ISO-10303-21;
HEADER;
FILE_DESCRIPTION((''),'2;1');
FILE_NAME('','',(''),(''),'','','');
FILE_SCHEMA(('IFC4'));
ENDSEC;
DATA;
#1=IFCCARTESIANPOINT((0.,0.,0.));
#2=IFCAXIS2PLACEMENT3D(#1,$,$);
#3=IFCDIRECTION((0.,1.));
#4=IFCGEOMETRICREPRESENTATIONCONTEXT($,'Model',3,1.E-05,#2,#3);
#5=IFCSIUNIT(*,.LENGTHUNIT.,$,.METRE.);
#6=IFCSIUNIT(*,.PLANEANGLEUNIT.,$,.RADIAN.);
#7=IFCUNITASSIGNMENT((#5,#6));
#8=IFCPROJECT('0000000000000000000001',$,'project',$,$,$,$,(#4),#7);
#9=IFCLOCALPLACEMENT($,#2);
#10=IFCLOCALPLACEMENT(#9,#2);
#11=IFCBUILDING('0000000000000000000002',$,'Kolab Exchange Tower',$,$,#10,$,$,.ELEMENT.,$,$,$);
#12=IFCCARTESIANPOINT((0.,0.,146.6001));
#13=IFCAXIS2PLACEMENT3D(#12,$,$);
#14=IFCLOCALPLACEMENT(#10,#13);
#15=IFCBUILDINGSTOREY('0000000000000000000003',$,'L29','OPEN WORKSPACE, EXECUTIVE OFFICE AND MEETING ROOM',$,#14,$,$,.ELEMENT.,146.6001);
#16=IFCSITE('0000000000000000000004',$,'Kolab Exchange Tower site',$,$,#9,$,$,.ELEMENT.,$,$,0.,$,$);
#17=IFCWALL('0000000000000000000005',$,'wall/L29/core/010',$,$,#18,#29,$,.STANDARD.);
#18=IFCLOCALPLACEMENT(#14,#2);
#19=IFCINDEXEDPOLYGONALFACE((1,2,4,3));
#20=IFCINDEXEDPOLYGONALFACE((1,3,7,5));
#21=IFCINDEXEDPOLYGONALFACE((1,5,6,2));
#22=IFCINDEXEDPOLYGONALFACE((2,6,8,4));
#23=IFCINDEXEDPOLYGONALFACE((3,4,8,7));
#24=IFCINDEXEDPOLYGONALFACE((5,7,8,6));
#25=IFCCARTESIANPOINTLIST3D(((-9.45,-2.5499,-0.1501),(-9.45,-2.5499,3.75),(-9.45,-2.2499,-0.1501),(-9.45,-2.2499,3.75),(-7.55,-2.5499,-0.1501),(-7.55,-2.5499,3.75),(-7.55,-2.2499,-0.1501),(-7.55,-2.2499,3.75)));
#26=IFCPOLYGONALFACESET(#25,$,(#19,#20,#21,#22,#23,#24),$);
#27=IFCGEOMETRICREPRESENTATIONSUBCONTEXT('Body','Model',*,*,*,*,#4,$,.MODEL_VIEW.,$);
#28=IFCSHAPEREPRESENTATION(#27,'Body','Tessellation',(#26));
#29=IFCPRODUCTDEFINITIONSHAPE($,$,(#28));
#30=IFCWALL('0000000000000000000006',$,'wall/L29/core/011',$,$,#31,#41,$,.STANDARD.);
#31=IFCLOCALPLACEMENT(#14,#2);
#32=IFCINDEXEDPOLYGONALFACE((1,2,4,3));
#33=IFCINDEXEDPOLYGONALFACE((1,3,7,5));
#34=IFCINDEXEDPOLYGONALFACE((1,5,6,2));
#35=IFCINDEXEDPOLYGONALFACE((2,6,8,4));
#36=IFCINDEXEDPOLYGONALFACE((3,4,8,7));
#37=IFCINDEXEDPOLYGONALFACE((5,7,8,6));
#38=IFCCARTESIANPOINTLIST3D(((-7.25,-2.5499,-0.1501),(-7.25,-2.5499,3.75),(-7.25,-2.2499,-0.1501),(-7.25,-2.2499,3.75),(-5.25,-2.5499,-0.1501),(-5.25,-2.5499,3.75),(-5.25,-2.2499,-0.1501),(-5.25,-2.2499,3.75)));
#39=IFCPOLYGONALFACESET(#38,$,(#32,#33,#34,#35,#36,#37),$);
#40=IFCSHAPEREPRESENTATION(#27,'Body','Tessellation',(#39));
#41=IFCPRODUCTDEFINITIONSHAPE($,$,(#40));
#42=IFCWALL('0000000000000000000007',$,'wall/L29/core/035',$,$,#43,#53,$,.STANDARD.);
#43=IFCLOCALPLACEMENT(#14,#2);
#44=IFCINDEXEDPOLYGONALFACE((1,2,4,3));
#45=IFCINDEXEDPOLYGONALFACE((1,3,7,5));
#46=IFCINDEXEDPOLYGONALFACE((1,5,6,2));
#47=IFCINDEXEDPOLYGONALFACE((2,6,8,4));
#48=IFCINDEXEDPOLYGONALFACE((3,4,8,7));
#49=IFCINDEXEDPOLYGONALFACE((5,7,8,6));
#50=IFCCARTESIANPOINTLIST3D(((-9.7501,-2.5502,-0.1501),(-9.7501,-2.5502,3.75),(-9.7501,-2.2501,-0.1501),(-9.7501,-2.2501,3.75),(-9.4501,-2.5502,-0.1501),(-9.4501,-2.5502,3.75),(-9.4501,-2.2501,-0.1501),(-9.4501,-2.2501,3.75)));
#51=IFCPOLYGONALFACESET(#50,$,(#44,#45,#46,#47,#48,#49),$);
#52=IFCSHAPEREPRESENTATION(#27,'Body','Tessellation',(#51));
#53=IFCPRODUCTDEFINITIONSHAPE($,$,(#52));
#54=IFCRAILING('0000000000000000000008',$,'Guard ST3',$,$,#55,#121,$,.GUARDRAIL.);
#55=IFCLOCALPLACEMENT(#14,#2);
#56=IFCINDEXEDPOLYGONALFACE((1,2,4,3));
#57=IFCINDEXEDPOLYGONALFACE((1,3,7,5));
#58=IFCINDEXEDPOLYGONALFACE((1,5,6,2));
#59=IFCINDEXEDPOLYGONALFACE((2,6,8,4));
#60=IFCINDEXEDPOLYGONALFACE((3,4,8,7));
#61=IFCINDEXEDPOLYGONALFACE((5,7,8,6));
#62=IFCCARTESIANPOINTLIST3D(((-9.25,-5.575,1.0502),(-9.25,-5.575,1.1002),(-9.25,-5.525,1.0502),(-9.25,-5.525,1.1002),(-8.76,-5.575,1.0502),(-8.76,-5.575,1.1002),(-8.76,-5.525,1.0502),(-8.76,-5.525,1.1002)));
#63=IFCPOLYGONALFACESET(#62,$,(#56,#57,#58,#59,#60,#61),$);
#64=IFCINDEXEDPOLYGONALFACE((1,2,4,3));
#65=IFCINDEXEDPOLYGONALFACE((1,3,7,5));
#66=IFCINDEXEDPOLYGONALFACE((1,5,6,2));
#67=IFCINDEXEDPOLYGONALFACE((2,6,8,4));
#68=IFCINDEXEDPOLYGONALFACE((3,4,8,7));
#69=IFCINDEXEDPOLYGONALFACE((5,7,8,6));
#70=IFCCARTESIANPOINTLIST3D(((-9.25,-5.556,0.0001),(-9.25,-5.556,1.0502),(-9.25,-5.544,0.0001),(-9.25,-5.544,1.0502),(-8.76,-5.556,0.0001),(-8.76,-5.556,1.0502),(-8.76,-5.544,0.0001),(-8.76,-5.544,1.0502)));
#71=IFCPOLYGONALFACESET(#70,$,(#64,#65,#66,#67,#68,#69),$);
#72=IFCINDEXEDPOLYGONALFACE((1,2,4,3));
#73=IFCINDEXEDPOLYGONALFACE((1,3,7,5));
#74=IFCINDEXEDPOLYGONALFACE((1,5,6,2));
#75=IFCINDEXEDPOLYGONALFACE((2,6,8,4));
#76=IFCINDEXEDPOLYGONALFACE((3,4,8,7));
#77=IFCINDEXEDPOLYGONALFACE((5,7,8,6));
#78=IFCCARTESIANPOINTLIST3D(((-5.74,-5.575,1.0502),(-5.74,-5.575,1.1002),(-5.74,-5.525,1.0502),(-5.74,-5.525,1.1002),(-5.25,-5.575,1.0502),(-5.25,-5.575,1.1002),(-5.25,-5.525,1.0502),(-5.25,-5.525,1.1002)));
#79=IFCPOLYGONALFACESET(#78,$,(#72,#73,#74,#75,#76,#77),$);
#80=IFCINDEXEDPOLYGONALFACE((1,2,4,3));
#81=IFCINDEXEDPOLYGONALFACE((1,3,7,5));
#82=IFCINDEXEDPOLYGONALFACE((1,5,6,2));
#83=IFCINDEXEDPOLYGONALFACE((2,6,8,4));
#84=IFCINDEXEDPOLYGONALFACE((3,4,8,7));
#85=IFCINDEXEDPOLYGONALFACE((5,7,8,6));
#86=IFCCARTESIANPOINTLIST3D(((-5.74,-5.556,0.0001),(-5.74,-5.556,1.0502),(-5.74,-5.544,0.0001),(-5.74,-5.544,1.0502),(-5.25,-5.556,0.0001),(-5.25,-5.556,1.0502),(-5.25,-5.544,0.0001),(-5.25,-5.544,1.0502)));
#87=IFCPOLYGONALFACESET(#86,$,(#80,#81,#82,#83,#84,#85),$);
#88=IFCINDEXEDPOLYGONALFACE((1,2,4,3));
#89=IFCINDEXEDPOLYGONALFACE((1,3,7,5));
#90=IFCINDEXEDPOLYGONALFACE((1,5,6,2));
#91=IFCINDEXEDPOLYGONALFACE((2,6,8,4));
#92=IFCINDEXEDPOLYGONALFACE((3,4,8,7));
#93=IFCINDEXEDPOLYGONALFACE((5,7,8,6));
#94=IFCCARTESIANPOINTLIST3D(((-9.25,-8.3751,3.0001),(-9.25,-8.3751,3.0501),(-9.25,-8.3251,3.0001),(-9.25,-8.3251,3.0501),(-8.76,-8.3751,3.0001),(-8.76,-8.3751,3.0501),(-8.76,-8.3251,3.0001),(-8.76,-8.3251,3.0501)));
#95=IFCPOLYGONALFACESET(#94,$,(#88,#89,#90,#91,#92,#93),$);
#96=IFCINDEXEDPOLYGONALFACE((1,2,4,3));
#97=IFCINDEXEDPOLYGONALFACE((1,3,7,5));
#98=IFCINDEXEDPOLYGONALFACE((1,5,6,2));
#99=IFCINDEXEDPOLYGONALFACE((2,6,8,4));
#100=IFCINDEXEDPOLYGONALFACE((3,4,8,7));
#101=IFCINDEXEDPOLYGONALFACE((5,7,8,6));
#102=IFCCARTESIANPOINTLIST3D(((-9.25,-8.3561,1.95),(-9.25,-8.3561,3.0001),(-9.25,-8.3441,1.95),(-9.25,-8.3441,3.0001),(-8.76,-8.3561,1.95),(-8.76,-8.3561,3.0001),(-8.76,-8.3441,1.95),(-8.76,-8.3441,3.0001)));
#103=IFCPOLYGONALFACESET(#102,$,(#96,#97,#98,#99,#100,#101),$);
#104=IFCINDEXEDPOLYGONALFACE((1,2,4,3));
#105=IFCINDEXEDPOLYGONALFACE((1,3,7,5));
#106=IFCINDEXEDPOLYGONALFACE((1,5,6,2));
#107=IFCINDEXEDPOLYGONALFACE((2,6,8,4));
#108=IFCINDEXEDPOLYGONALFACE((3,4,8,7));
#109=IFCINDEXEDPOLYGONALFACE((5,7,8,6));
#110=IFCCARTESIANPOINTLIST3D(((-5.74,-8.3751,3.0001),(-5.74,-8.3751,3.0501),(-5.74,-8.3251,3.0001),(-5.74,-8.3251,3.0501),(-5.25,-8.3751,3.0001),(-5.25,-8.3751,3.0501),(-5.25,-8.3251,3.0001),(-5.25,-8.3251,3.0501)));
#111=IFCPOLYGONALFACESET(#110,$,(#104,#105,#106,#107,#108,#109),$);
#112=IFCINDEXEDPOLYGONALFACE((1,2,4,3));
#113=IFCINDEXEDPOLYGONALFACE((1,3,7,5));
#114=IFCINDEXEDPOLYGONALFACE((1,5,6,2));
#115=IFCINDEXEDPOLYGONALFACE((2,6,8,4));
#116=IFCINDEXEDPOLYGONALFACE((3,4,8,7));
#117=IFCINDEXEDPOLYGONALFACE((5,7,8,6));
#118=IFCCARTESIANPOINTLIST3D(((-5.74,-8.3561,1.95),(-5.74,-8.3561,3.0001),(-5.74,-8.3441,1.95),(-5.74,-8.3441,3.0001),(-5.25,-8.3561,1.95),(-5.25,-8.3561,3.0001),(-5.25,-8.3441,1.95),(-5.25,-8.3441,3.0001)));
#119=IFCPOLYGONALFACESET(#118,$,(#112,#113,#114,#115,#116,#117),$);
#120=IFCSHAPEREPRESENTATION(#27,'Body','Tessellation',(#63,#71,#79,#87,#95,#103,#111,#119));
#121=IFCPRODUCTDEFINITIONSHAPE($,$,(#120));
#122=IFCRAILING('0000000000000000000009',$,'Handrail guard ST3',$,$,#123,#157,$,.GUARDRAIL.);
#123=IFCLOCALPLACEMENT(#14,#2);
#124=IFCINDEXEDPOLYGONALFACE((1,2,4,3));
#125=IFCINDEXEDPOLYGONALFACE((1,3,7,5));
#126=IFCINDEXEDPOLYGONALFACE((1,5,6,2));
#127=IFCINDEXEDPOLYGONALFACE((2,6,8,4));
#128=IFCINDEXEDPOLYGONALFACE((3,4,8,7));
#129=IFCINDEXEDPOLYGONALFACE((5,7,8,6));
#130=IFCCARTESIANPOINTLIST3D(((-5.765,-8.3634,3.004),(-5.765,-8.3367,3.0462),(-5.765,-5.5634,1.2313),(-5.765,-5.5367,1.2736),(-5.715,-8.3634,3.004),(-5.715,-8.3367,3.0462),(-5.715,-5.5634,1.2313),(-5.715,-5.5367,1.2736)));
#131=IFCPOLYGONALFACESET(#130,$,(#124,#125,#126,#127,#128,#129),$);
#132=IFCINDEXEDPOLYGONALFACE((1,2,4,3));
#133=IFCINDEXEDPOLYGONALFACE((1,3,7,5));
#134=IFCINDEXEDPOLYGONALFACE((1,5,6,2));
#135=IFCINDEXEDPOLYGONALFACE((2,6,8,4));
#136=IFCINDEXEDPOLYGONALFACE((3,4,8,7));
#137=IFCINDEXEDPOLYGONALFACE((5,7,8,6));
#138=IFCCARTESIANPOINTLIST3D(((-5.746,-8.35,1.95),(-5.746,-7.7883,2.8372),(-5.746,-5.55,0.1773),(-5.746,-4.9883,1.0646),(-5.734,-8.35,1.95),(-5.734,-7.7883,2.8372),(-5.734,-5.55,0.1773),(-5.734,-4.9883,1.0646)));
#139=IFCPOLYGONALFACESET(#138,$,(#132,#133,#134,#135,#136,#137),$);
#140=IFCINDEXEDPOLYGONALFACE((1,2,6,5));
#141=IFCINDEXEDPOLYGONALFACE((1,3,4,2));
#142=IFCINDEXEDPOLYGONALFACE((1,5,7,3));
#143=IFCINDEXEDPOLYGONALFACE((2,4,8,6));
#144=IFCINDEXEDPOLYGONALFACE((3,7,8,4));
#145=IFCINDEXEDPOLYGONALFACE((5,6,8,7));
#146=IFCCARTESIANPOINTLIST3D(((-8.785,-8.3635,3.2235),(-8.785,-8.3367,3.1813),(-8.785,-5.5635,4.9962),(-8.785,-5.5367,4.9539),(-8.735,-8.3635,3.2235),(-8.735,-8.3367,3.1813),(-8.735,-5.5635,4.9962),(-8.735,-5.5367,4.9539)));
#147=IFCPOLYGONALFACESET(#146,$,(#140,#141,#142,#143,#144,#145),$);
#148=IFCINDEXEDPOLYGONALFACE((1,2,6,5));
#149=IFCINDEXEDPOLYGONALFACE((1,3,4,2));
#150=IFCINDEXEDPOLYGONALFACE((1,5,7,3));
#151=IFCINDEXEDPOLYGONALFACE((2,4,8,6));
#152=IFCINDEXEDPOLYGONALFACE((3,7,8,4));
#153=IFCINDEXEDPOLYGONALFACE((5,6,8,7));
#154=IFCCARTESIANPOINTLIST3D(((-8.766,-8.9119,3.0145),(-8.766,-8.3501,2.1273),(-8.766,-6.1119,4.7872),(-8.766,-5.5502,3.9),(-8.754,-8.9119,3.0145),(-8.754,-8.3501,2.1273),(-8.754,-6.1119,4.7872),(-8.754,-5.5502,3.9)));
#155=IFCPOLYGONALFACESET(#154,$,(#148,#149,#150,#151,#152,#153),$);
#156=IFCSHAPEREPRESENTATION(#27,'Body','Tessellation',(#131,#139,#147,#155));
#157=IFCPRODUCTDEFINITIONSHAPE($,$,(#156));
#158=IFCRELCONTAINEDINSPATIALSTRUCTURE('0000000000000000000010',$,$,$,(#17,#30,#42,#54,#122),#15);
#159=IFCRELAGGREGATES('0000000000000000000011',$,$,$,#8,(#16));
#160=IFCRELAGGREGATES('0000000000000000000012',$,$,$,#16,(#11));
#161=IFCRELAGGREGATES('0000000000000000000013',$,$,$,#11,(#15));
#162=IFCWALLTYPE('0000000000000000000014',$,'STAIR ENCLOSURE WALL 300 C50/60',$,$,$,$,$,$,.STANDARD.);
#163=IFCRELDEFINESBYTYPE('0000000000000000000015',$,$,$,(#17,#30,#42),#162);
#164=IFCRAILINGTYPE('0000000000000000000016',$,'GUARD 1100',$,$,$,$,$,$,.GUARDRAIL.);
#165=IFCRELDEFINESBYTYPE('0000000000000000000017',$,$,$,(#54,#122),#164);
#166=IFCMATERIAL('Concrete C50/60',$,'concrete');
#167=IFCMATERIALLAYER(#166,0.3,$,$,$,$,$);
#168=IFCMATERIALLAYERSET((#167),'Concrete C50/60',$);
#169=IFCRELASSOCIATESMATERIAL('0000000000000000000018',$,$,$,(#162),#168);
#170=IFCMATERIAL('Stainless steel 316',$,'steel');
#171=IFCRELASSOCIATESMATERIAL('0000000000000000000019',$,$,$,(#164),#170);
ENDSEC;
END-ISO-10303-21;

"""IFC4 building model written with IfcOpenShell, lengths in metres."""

from ifc_helpers import new_model, si_unit, direction, frame, frame_2d, origin, origin_2d, place, context, subcontext, project, spatial, rectangle, extrude, material, layer, layer_set, type_object, element, save


model = new_model("IFC4")

# Units and contexts
model_context = context("Model", 3, precision=1e-05, world=origin(), true_north=direction((0.0, 1.0)))
body_context = subcontext(model_context, "Body", "Model", "MODEL_VIEW")
ifc_project = project(units=[si_unit("LENGTHUNIT", "METRE"), si_unit("PLANEANGLEUNIT", "RADIAN")], contexts=[model_context])

# Site, building, storey
site_placement = place(None, origin())
site = spatial("IfcSite", under=ifc_project, at=site_placement, Name="Kolab Exchange Tower site", CompositionType="ELEMENT", RefElevation=0.0)
building_placement = place(site_placement, origin())
building = spatial("IfcBuilding", under=site, at=building_placement, Name="Kolab Exchange Tower", CompositionType="ELEMENT")
storey_placement = place(building_placement, frame((0.0, 0.0, 146.6001)))
storey = spatial("IfcBuildingStorey", under=building, at=storey_placement, Name="L29", Description="OPEN WORKSPACE, EXECUTIVE OFFICE AND MEETING ROOM", CompositionType="ELEMENT", Elevation=146.6001)

# Shared definitions
ifc_material_1 = material(Name="Concrete C50/60", Category="concrete")
ifc_material_2 = material(Name="Stainless steel 316", Category="steel")

# Walls
ifc_layer_1 = layer(ifc_material_1, 0.3)
ifc_layer_set_1 = layer_set([ifc_layer_1], Name="Concrete C50/60")
wall_type_1 = type_object("IfcWallType", Name="STAIR ENCLOSURE WALL 300 C50/60", PredefinedType="STANDARD", material=ifc_layer_set_1)
wall_1_placement = place(storey_placement, frame((-9.45, -2.3999, -0.1501), z_axis=(0.0, 0.0, 1.0), x_axis=(1.0, 0.0, 0.0)))
element("IfcWall", 1, at=wall_1_placement, inside=storey, type_object=wall_type_1, Name="wall/L29/core/010", PredefinedType="STANDARD", context=body_context, shape_type="SweptSolid", body=[
    extrude(rectangle(XDim=1.8999, YDim=0.3, at=frame_2d((0.95, 0.0))), origin(), (0.0, 0.0, 1.0), 3.9001),
])
wall_2_placement = place(storey_placement, frame((-7.25, -2.3999, -0.1501), z_axis=(0.0, 0.0, 1.0), x_axis=(1.0, 0.0, 0.0)))
element("IfcWall", 2, at=wall_2_placement, inside=storey, type_object=wall_type_1, Name="wall/L29/core/011", PredefinedType="STANDARD", context=body_context, shape_type="SweptSolid", body=[
    extrude(rectangle(XDim=2.0, YDim=0.3, at=frame_2d((1.0, 0.0))), origin(), (0.0, 0.0, 1.0), 3.9001),
])
wall_3_placement = place(storey_placement, frame((-9.6001, -2.55, -0.1501), z_axis=(0.0, 0.0, 1.0), x_axis=(0.0, 1.0, 0.0)))
element("IfcWall", 3, at=wall_3_placement, inside=storey, type_object=wall_type_1, Name="wall/L29/core/035", PredefinedType="STANDARD", context=body_context, shape_type="SweptSolid", body=[
    extrude(rectangle(XDim=0.3, YDim=0.3, at=frame_2d((0.1499, 0.0))), origin(), (0.0, 0.0, 1.0), 3.9001),
])

# Railings
railing_type = type_object("IfcRailingType", Name="GUARD 1100", PredefinedType="GUARDRAIL", material=ifc_material_2)
railing_1_placement = place(storey_placement, frame((-9.25, -5.55, 0.0)))
element("IfcRailing", 4, at=railing_1_placement, inside=storey, type_object=railing_type, Name="Guard ST3", PredefinedType="GUARDRAIL", context=body_context, shape_type="SweptSolid", body=[
    extrude(rectangle(XDim=0.05, YDim=0.05, at=origin_2d()), frame((0.0, 0.0, 1.0752), z_axis=(1.0, 0.0, 0.0), x_axis=(0.0, 1.0, 0.0)), (0.0, 0.0, 1.0), 0.49),
    extrude(rectangle(XDim=0.012, YDim=1.0501, at=frame_2d((0.0, 0.5251))), frame((0.0, 0.0, 0.0), z_axis=(1.0, 0.0, 0.0), x_axis=(0.0, 1.0, 0.0)), (0.0, 0.0, 1.0), 0.49),
    extrude(rectangle(XDim=0.05, YDim=0.05, at=origin_2d()), frame((3.51, 0.0, 1.0752), z_axis=(1.0, 0.0, 0.0), x_axis=(0.0, 1.0, 0.0)), (0.0, 0.0, 1.0), 0.49),
    extrude(rectangle(XDim=0.012, YDim=1.0501, at=frame_2d((0.0, 0.5251))), frame((3.51, 0.0, 0.0), z_axis=(1.0, 0.0, 0.0), x_axis=(0.0, 1.0, 0.0)), (0.0, 0.0, 1.0), 0.49),
    extrude(rectangle(XDim=0.05, YDim=0.05, at=origin_2d()), frame((0.0, -2.8, 3.0251), z_axis=(1.0, 0.0, 0.0), x_axis=(0.0, 1.0, 0.0)), (0.0, 0.0, 1.0), 0.49),
    extrude(rectangle(XDim=0.012, YDim=1.0501, at=frame_2d((0.0, 0.5251))), frame((0.0, -2.8, 1.95), z_axis=(1.0, 0.0, 0.0), x_axis=(0.0, 1.0, 0.0)), (0.0, 0.0, 1.0), 0.49),
    extrude(rectangle(XDim=0.05, YDim=0.05, at=origin_2d()), frame((3.51, -2.8, 3.0251), z_axis=(1.0, 0.0, 0.0), x_axis=(0.0, 1.0, 0.0)), (0.0, 0.0, 1.0), 0.49),
    extrude(rectangle(XDim=0.012, YDim=1.0501, at=frame_2d((0.0, 0.5251))), frame((3.51, -2.8, 1.95), z_axis=(1.0, 0.0, 0.0), x_axis=(0.0, 1.0, 0.0)), (0.0, 0.0, 1.0), 0.49),
])
railing_2_placement = place(storey_placement, frame((-5.74, -5.55, 0.1772)))
element("IfcRailing", 5, at=railing_2_placement, inside=storey, type_object=railing_type, Name="Handrail guard ST3", PredefinedType="GUARDRAIL", context=body_context, shape_type="SweptSolid", body=[
    extrude(rectangle(XDim=0.05, YDim=0.05, at=origin_2d()), frame((0.0, 0.0, 1.0752), z_axis=(0.0, -0.844909, 0.53491), x_axis=(1.0, 0.0, 0.0)), (0.0, 0.0, 1.0), 3.314),
    extrude(rectangle(XDim=0.012, YDim=1.0501, at=frame_2d((0.0, 0.5251))), frame((0.0, 0.0, 0.0), z_axis=(0.0, -0.844909, 0.53491), x_axis=(1.0, 0.0, 0.0)), (0.0, 0.0, 1.0), 3.314),
    extrude(rectangle(XDim=0.05, YDim=0.05, at=origin_2d()), frame((-3.02, -2.8, 3.0251), z_axis=(0.0, 0.844909, 0.53491), x_axis=(-1.0, 0.0, 0.0)), (0.0, 0.0, 1.0), 3.314),
    extrude(rectangle(XDim=0.012, YDim=1.0501, at=frame_2d((0.0, 0.5251))), frame((-3.02, -2.8, 1.95), z_axis=(0.0, 0.844909, 0.53491), x_axis=(-1.0, 0.0, 0.0)), (0.0, 0.0, 1.0), 3.314),
])

save(model, "model.ifc")
